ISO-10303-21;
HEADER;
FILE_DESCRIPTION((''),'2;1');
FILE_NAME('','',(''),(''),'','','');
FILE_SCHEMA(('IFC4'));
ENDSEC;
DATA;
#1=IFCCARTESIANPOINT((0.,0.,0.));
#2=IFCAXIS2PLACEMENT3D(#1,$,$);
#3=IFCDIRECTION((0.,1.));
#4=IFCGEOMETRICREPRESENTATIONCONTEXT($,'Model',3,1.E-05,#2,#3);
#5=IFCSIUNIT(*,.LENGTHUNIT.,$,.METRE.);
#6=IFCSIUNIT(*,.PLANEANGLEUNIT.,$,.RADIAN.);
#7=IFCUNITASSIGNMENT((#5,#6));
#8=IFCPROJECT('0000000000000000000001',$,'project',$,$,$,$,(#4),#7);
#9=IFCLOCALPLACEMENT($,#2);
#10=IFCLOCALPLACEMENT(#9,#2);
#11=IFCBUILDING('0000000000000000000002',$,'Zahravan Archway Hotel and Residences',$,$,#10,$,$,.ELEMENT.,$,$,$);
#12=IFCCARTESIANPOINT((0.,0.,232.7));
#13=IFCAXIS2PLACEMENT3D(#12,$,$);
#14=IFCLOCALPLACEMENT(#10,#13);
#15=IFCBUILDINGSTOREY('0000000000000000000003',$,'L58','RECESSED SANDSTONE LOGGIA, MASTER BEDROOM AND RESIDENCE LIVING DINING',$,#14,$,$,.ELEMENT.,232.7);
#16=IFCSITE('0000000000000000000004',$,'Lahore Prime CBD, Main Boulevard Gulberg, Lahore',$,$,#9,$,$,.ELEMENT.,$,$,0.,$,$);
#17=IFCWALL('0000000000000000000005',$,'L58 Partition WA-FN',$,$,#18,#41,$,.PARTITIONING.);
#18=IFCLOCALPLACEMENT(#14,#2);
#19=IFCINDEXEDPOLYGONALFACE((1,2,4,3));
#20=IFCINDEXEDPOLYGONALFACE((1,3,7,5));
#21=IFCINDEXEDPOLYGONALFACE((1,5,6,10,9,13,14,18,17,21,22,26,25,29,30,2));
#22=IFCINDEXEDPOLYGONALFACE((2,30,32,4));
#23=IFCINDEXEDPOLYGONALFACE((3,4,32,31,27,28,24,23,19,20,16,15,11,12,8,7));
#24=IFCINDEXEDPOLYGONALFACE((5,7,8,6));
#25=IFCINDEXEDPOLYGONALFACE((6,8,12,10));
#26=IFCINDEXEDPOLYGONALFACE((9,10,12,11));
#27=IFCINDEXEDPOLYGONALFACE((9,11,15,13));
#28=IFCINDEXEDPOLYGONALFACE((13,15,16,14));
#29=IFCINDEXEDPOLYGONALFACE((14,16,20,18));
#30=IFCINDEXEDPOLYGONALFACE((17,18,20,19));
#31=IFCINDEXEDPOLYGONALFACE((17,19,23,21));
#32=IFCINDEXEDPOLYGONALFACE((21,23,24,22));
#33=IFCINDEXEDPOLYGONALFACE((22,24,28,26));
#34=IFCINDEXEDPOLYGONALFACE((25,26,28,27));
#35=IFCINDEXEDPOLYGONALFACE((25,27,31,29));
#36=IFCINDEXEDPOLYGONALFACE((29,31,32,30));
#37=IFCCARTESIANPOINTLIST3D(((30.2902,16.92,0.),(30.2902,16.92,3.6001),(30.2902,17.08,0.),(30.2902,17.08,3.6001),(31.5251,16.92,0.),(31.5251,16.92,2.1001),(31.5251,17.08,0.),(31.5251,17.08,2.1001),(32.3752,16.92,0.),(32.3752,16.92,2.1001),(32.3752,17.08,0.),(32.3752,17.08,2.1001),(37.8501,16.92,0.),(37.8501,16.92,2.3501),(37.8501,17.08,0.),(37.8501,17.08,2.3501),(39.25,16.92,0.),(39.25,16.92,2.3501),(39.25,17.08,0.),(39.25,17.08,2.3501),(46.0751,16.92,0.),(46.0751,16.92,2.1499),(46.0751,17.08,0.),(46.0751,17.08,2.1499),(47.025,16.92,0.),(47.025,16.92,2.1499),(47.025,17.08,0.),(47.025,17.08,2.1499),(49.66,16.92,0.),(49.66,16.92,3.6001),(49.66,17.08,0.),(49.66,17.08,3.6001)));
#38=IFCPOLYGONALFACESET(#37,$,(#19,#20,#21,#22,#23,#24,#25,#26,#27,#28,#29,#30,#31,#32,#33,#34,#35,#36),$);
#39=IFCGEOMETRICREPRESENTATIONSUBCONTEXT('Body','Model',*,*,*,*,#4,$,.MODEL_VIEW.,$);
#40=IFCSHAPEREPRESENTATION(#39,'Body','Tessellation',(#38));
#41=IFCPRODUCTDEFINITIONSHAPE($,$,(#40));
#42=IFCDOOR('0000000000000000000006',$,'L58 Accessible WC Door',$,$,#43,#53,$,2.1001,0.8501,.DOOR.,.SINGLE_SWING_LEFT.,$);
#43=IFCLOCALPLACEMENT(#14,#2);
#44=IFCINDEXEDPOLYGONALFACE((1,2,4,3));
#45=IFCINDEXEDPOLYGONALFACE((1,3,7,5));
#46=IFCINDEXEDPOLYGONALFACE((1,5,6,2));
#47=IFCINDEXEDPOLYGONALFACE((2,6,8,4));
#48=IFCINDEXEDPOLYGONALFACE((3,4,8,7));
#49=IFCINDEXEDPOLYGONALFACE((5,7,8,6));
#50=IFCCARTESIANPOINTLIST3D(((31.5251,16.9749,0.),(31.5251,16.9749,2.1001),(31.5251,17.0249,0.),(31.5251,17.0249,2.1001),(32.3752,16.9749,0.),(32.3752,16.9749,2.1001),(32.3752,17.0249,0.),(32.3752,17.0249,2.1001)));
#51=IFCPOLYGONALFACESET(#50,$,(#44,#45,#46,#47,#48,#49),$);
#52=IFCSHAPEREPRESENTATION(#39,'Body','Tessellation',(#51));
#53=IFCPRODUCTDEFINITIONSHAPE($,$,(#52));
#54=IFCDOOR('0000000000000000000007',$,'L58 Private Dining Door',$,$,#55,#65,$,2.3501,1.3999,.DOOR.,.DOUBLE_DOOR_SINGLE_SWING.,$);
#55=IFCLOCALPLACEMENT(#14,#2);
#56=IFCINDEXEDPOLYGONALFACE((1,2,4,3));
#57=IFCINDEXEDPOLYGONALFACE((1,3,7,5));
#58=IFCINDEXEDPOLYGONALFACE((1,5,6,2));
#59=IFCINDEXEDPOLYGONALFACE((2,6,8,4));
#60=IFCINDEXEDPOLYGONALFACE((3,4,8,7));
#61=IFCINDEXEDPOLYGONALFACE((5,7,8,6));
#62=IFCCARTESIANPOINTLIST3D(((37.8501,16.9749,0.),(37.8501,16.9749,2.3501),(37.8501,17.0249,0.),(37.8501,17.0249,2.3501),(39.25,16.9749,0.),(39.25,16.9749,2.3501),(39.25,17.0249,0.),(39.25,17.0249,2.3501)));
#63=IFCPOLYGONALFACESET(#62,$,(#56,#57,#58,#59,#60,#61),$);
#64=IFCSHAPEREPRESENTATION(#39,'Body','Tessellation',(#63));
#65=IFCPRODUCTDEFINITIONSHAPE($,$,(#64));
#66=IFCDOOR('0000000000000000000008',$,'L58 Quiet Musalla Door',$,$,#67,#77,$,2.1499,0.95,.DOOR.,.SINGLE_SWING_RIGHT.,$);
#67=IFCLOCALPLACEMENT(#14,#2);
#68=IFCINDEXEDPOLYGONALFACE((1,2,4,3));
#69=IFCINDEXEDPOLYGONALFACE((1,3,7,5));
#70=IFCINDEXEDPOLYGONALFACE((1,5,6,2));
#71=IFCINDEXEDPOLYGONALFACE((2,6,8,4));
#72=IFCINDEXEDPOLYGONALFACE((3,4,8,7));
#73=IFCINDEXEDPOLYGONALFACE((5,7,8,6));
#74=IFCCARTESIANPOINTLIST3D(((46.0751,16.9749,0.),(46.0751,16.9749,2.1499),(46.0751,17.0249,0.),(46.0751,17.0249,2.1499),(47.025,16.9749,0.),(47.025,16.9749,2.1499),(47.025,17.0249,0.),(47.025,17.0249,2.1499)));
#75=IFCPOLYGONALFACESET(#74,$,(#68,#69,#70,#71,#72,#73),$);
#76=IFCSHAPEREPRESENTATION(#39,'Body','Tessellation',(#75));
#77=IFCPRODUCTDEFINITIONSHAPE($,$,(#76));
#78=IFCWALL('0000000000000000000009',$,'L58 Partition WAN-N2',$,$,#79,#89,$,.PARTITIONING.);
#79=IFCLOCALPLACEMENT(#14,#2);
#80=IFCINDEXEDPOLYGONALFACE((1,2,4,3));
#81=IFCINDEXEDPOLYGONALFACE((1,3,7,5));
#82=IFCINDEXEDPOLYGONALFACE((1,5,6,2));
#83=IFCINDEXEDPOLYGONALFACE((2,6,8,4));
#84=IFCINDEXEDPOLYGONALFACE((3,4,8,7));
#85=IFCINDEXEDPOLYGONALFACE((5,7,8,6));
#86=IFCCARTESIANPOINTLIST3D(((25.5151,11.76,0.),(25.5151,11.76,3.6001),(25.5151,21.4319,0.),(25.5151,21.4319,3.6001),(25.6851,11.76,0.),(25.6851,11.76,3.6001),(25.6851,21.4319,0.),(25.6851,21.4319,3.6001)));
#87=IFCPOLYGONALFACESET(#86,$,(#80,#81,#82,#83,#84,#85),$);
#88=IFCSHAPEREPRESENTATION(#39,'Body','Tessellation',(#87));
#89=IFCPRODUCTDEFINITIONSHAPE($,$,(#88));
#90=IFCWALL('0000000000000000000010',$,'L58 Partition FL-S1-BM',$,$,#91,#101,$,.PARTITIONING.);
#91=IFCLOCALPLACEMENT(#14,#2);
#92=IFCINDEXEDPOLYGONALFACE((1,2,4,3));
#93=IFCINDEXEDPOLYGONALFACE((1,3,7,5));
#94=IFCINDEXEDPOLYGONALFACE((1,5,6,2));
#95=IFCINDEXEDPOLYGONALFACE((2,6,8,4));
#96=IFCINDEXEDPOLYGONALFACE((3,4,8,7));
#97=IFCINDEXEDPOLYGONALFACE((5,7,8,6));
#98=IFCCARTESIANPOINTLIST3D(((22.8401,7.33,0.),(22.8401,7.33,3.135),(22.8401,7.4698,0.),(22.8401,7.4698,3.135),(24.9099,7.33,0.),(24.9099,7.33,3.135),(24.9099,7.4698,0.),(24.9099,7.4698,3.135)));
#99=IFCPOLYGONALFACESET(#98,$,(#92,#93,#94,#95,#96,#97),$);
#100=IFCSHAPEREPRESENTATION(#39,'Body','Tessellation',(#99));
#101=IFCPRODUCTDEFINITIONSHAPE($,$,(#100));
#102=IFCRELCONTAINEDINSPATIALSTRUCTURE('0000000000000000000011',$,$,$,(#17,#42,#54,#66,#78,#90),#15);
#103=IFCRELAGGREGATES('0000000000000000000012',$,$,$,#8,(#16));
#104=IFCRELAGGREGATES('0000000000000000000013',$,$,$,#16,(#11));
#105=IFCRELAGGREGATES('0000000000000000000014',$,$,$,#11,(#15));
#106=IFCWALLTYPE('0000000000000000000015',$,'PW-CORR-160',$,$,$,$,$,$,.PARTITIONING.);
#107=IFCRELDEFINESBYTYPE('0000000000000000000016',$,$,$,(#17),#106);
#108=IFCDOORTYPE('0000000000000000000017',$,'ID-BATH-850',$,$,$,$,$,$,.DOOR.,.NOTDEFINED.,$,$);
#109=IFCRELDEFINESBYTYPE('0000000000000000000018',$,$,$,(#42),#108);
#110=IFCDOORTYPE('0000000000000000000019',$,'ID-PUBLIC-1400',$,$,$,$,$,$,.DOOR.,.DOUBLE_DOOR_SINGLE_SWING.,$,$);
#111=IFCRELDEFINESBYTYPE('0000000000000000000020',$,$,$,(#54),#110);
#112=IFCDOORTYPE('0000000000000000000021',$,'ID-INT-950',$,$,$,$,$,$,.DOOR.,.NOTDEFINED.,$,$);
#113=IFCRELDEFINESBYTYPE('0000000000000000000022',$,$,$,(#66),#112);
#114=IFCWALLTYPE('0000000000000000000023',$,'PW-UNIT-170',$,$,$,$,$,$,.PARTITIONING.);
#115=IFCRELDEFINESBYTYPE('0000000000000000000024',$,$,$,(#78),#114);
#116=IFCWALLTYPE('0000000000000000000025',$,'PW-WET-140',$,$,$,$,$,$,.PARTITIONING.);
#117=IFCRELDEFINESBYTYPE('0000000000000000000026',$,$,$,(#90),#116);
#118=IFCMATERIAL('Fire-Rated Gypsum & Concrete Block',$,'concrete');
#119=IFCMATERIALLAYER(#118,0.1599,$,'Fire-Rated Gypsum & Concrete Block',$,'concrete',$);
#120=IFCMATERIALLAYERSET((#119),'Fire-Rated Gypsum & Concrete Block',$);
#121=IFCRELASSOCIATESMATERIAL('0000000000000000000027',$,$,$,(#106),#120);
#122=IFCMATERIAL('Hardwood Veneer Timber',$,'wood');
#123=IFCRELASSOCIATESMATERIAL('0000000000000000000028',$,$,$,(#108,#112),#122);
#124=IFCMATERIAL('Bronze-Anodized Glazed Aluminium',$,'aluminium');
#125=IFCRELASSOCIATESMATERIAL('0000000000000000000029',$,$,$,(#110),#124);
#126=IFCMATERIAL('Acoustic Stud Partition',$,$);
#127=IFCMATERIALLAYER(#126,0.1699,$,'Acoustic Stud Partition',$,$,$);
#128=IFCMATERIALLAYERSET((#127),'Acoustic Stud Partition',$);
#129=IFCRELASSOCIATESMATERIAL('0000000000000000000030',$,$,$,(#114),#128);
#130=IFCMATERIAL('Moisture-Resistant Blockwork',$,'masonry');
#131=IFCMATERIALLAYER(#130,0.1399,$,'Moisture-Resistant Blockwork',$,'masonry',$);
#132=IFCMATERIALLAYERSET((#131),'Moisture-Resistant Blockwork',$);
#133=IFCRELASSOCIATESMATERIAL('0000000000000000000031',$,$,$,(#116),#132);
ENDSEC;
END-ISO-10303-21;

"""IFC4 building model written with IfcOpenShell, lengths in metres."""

from ifc_helpers import new_model, si_unit, direction, frame, frame_2d, origin, place, context, subcontext, project, spatial, rectangle, extrude, source, transform, mapped, material, layer, layer_set, type_object, type_shapes, element, fill, save


model = new_model("IFC4")

# Units and contexts
model_context = context("Model", 3, precision=1e-05, world=origin(), true_north=direction((0.0, 1.0)))
body_context = subcontext(model_context, "Body", "Model", "MODEL_VIEW")
ifc_project = project(units=[si_unit("LENGTHUNIT", "METRE"), si_unit("PLANEANGLEUNIT", "RADIAN")], contexts=[model_context])

# Site, building, storey
site_placement = place(None, origin())
site = spatial("IfcSite", under=ifc_project, at=site_placement, Name="Lahore Prime CBD, Main Boulevard Gulberg, Lahore", CompositionType="ELEMENT", RefElevation=0.0)
building_placement = place(site_placement, origin())
building = spatial("IfcBuilding", under=site, at=building_placement, Name="Zahravan Archway Hotel and Residences", CompositionType="ELEMENT")
storey_placement = place(building_placement, frame((0.0, 0.0, 232.7)))
storey = spatial("IfcBuildingStorey", under=building, at=storey_placement, Name="L58", Description="RECESSED SANDSTONE LOGGIA, MASTER BEDROOM AND RESIDENCE LIVING DINING", CompositionType="ELEMENT", Elevation=232.7)

# Shared definitions
ifc_material_1 = material(Name="Fire-Rated Gypsum & Concrete Block", Category="concrete")
ifc_layer_1 = layer(ifc_material_1, 0.1599, Name="Fire-Rated Gypsum & Concrete Block", Category="concrete")
ifc_layer_set_1 = layer_set([ifc_layer_1], Name="Fire-Rated Gypsum & Concrete Block")
wall_type_1 = type_object("IfcWallType", Name="PW-CORR-160", PredefinedType="PARTITIONING", material=ifc_layer_set_1)

# Wall, openings, doors
wall_1_placement = place(storey_placement, frame((30.29, 17.0, 0.0), z_axis=(0.0, 0.0, 1.0), x_axis=(1.0, 0.0, 0.0)))
wall_1 = element("IfcWall", 1, at=wall_1_placement, inside=storey, type_object=wall_type_1, Name="L58 Partition WA-FN", PredefinedType="PARTITIONING", context=body_context, shape_type="SweptSolid", body=[
    extrude(rectangle(XDim=19.3699, YDim=0.1599, at=frame_2d((9.6851, 0.0))), origin(), (0.0, 0.0, 1.0), 3.6001),
])
opening_1_placement = place(wall_1_placement, frame((1.2351, 0.0, 0.0)))
opening_1 = element("IfcOpeningElement", 2, at=opening_1_placement, cuts=wall_1, PredefinedType="OPENING", context=body_context, shape_type="SweptSolid", body=[
    extrude(rectangle(XDim=0.8501, YDim=2.1001, at=frame_2d((0.425, 1.05))), frame((0.0, 0.0898, 0.0), z_axis=(0.0, -1.0, 0.0), x_axis=(1.0, 0.0, 0.0)), (0.0, 0.0, 1.0), 0.1799),
])
opening_2_placement = place(wall_1_placement, frame((7.5601, 0.0, 0.0)))
opening_2 = element("IfcOpeningElement", 3, at=opening_2_placement, cuts=wall_1, PredefinedType="OPENING", context=body_context, shape_type="SweptSolid", body=[
    extrude(rectangle(XDim=1.3999, YDim=2.3501, at=frame_2d((0.7, 1.175))), frame((0.0, 0.0898, 0.0), z_axis=(0.0, -1.0, 0.0), x_axis=(1.0, 0.0, 0.0)), (0.0, 0.0, 1.0), 0.1799),
])
opening_3_placement = place(wall_1_placement, frame((15.7849, 0.0, 0.0)))
opening_3 = element("IfcOpeningElement", 4, at=opening_3_placement, cuts=wall_1, PredefinedType="OPENING", context=body_context, shape_type="SweptSolid", body=[
    extrude(rectangle(XDim=0.95, YDim=2.1499, at=frame_2d((0.4751, 1.075))), frame((0.0, 0.0898, 0.0), z_axis=(0.0, -1.0, 0.0), x_axis=(1.0, 0.0, 0.0)), (0.0, 0.0, 1.0), 0.1799),
])
ifc_material_2 = material(Name="Hardwood Veneer Timber", Category="wood")
door_type_1 = type_object("IfcDoorType", Name="ID-BATH-850", OperationType="NOTDEFINED", PredefinedType="DOOR", material=ifc_material_2)
shared_shape_1 = source(origin(), body_context, "Body", "SweptSolid", [
    extrude(rectangle(XDim=0.8501, YDim=2.1001, at=frame_2d((0.425, 1.05))), frame((0.0, 0.0249, 0.0), z_axis=(0.0, -1.0, 0.0), x_axis=(1.0, 0.0, 0.0)), (0.0, 0.0, 1.0), 0.05),
])
type_shapes(door_type_1, [shared_shape_1])
door_1_placement = place(opening_1_placement, origin())
door_1 = element("IfcDoor", 5, at=door_1_placement, inside=storey, type_object=door_type_1, Name="L58 Accessible WC Door", OperationType="SINGLE_SWING_LEFT", OverallHeight=2.1001, OverallWidth=0.8501, PredefinedType="DOOR", context=body_context, shape_type="MappedRepresentation", body=[
    mapped(shared_shape_1, transform((0.0, 0.0, 0.0), scale=1.0)),
])
fill(opening_1, door_1)
ifc_material_3 = material(Name="Bronze-Anodized Glazed Aluminium", Category="aluminium")
door_type_2 = type_object("IfcDoorType", Name="ID-PUBLIC-1400", OperationType="DOUBLE_DOOR_SINGLE_SWING", PredefinedType="DOOR", material=ifc_material_3)
shared_shape_2 = source(origin(), body_context, "Body", "SweptSolid", [
    extrude(rectangle(XDim=1.3999, YDim=2.3501, at=frame_2d((0.7, 1.175))), frame((0.0, 0.0249, 0.0), z_axis=(0.0, -1.0, 0.0), x_axis=(1.0, 0.0, 0.0)), (0.0, 0.0, 1.0), 0.05),
])
type_shapes(door_type_2, [shared_shape_2])
door_2_placement = place(opening_2_placement, origin())
door_2 = element("IfcDoor", 6, at=door_2_placement, inside=storey, type_object=door_type_2, Name="L58 Private Dining Door", OperationType="DOUBLE_DOOR_SINGLE_SWING", OverallHeight=2.3501, OverallWidth=1.3999, PredefinedType="DOOR", context=body_context, shape_type="MappedRepresentation", body=[
    mapped(shared_shape_2, transform((0.0, 0.0, 0.0), scale=1.0)),
])
fill(opening_2, door_2)
door_type_3 = type_object("IfcDoorType", Name="ID-INT-950", OperationType="NOTDEFINED", PredefinedType="DOOR", material=ifc_material_2)
shared_shape_3 = source(origin(), body_context, "Body", "SweptSolid", [
    extrude(rectangle(XDim=0.95, YDim=2.1499, at=frame_2d((0.4751, 1.075))), frame((0.0, 0.0249, 0.0), z_axis=(0.0, -1.0, 0.0), x_axis=(1.0, 0.0, 0.0)), (0.0, 0.0, 1.0), 0.05),
])
type_shapes(door_type_3, [shared_shape_3])
door_3_placement = place(opening_3_placement, origin())
door_3 = element("IfcDoor", 7, at=door_3_placement, inside=storey, type_object=door_type_3, Name="L58 Quiet Musalla Door", OperationType="SINGLE_SWING_RIGHT", OverallHeight=2.1499, OverallWidth=0.95, PredefinedType="DOOR", context=body_context, shape_type="MappedRepresentation", body=[
    mapped(shared_shape_3, transform((0.0, 0.0, 0.0), scale=1.0)),
])
fill(opening_3, door_3)

# Shared definitions
ifc_material_4 = material(Name="Acoustic Stud Partition")

# Walls
ifc_layer_2 = layer(ifc_material_4, 0.1699, Name="Acoustic Stud Partition")
ifc_layer_set_2 = layer_set([ifc_layer_2], Name="Acoustic Stud Partition")
wall_type_2 = type_object("IfcWallType", Name="PW-UNIT-170", PredefinedType="PARTITIONING", material=ifc_layer_set_2)
wall_2_placement = place(storey_placement, frame((25.6001, 11.76, 0.0), z_axis=(0.0, 0.0, 1.0), x_axis=(0.0, 1.0, 0.0)))
element("IfcWall", 8, at=wall_2_placement, inside=storey, type_object=wall_type_2, Name="L58 Partition WAN-N2", PredefinedType="PARTITIONING", context=body_context, shape_type="SweptSolid", body=[
    extrude(rectangle(XDim=9.6719, YDim=0.1699, at=frame_2d((4.8359, 0.0))), origin(), (0.0, 0.0, 1.0), 3.6001),
])
ifc_material_5 = material(Name="Moisture-Resistant Blockwork", Category="masonry")
ifc_layer_3 = layer(ifc_material_5, 0.1399, Name="Moisture-Resistant Blockwork", Category="masonry")
ifc_layer_set_3 = layer_set([ifc_layer_3], Name="Moisture-Resistant Blockwork")
wall_type_3 = type_object("IfcWallType", Name="PW-WET-140", PredefinedType="PARTITIONING", material=ifc_layer_set_3)
wall_3_placement = place(storey_placement, frame((22.8401, 7.3999, 0.0), z_axis=(0.0, 0.0, 1.0), x_axis=(1.0, 0.0, 0.0)))
element("IfcWall", 9, at=wall_3_placement, inside=storey, type_object=wall_type_3, Name="L58 Partition FL-S1-BM", PredefinedType="PARTITIONING", context=body_context, shape_type="SweptSolid", body=[
    extrude(rectangle(XDim=2.0698, YDim=0.1399, at=frame_2d((1.0349, 0.0))), origin(), (0.0, 0.0, 1.0), 3.135),
])

save(model, "model.ifc")
